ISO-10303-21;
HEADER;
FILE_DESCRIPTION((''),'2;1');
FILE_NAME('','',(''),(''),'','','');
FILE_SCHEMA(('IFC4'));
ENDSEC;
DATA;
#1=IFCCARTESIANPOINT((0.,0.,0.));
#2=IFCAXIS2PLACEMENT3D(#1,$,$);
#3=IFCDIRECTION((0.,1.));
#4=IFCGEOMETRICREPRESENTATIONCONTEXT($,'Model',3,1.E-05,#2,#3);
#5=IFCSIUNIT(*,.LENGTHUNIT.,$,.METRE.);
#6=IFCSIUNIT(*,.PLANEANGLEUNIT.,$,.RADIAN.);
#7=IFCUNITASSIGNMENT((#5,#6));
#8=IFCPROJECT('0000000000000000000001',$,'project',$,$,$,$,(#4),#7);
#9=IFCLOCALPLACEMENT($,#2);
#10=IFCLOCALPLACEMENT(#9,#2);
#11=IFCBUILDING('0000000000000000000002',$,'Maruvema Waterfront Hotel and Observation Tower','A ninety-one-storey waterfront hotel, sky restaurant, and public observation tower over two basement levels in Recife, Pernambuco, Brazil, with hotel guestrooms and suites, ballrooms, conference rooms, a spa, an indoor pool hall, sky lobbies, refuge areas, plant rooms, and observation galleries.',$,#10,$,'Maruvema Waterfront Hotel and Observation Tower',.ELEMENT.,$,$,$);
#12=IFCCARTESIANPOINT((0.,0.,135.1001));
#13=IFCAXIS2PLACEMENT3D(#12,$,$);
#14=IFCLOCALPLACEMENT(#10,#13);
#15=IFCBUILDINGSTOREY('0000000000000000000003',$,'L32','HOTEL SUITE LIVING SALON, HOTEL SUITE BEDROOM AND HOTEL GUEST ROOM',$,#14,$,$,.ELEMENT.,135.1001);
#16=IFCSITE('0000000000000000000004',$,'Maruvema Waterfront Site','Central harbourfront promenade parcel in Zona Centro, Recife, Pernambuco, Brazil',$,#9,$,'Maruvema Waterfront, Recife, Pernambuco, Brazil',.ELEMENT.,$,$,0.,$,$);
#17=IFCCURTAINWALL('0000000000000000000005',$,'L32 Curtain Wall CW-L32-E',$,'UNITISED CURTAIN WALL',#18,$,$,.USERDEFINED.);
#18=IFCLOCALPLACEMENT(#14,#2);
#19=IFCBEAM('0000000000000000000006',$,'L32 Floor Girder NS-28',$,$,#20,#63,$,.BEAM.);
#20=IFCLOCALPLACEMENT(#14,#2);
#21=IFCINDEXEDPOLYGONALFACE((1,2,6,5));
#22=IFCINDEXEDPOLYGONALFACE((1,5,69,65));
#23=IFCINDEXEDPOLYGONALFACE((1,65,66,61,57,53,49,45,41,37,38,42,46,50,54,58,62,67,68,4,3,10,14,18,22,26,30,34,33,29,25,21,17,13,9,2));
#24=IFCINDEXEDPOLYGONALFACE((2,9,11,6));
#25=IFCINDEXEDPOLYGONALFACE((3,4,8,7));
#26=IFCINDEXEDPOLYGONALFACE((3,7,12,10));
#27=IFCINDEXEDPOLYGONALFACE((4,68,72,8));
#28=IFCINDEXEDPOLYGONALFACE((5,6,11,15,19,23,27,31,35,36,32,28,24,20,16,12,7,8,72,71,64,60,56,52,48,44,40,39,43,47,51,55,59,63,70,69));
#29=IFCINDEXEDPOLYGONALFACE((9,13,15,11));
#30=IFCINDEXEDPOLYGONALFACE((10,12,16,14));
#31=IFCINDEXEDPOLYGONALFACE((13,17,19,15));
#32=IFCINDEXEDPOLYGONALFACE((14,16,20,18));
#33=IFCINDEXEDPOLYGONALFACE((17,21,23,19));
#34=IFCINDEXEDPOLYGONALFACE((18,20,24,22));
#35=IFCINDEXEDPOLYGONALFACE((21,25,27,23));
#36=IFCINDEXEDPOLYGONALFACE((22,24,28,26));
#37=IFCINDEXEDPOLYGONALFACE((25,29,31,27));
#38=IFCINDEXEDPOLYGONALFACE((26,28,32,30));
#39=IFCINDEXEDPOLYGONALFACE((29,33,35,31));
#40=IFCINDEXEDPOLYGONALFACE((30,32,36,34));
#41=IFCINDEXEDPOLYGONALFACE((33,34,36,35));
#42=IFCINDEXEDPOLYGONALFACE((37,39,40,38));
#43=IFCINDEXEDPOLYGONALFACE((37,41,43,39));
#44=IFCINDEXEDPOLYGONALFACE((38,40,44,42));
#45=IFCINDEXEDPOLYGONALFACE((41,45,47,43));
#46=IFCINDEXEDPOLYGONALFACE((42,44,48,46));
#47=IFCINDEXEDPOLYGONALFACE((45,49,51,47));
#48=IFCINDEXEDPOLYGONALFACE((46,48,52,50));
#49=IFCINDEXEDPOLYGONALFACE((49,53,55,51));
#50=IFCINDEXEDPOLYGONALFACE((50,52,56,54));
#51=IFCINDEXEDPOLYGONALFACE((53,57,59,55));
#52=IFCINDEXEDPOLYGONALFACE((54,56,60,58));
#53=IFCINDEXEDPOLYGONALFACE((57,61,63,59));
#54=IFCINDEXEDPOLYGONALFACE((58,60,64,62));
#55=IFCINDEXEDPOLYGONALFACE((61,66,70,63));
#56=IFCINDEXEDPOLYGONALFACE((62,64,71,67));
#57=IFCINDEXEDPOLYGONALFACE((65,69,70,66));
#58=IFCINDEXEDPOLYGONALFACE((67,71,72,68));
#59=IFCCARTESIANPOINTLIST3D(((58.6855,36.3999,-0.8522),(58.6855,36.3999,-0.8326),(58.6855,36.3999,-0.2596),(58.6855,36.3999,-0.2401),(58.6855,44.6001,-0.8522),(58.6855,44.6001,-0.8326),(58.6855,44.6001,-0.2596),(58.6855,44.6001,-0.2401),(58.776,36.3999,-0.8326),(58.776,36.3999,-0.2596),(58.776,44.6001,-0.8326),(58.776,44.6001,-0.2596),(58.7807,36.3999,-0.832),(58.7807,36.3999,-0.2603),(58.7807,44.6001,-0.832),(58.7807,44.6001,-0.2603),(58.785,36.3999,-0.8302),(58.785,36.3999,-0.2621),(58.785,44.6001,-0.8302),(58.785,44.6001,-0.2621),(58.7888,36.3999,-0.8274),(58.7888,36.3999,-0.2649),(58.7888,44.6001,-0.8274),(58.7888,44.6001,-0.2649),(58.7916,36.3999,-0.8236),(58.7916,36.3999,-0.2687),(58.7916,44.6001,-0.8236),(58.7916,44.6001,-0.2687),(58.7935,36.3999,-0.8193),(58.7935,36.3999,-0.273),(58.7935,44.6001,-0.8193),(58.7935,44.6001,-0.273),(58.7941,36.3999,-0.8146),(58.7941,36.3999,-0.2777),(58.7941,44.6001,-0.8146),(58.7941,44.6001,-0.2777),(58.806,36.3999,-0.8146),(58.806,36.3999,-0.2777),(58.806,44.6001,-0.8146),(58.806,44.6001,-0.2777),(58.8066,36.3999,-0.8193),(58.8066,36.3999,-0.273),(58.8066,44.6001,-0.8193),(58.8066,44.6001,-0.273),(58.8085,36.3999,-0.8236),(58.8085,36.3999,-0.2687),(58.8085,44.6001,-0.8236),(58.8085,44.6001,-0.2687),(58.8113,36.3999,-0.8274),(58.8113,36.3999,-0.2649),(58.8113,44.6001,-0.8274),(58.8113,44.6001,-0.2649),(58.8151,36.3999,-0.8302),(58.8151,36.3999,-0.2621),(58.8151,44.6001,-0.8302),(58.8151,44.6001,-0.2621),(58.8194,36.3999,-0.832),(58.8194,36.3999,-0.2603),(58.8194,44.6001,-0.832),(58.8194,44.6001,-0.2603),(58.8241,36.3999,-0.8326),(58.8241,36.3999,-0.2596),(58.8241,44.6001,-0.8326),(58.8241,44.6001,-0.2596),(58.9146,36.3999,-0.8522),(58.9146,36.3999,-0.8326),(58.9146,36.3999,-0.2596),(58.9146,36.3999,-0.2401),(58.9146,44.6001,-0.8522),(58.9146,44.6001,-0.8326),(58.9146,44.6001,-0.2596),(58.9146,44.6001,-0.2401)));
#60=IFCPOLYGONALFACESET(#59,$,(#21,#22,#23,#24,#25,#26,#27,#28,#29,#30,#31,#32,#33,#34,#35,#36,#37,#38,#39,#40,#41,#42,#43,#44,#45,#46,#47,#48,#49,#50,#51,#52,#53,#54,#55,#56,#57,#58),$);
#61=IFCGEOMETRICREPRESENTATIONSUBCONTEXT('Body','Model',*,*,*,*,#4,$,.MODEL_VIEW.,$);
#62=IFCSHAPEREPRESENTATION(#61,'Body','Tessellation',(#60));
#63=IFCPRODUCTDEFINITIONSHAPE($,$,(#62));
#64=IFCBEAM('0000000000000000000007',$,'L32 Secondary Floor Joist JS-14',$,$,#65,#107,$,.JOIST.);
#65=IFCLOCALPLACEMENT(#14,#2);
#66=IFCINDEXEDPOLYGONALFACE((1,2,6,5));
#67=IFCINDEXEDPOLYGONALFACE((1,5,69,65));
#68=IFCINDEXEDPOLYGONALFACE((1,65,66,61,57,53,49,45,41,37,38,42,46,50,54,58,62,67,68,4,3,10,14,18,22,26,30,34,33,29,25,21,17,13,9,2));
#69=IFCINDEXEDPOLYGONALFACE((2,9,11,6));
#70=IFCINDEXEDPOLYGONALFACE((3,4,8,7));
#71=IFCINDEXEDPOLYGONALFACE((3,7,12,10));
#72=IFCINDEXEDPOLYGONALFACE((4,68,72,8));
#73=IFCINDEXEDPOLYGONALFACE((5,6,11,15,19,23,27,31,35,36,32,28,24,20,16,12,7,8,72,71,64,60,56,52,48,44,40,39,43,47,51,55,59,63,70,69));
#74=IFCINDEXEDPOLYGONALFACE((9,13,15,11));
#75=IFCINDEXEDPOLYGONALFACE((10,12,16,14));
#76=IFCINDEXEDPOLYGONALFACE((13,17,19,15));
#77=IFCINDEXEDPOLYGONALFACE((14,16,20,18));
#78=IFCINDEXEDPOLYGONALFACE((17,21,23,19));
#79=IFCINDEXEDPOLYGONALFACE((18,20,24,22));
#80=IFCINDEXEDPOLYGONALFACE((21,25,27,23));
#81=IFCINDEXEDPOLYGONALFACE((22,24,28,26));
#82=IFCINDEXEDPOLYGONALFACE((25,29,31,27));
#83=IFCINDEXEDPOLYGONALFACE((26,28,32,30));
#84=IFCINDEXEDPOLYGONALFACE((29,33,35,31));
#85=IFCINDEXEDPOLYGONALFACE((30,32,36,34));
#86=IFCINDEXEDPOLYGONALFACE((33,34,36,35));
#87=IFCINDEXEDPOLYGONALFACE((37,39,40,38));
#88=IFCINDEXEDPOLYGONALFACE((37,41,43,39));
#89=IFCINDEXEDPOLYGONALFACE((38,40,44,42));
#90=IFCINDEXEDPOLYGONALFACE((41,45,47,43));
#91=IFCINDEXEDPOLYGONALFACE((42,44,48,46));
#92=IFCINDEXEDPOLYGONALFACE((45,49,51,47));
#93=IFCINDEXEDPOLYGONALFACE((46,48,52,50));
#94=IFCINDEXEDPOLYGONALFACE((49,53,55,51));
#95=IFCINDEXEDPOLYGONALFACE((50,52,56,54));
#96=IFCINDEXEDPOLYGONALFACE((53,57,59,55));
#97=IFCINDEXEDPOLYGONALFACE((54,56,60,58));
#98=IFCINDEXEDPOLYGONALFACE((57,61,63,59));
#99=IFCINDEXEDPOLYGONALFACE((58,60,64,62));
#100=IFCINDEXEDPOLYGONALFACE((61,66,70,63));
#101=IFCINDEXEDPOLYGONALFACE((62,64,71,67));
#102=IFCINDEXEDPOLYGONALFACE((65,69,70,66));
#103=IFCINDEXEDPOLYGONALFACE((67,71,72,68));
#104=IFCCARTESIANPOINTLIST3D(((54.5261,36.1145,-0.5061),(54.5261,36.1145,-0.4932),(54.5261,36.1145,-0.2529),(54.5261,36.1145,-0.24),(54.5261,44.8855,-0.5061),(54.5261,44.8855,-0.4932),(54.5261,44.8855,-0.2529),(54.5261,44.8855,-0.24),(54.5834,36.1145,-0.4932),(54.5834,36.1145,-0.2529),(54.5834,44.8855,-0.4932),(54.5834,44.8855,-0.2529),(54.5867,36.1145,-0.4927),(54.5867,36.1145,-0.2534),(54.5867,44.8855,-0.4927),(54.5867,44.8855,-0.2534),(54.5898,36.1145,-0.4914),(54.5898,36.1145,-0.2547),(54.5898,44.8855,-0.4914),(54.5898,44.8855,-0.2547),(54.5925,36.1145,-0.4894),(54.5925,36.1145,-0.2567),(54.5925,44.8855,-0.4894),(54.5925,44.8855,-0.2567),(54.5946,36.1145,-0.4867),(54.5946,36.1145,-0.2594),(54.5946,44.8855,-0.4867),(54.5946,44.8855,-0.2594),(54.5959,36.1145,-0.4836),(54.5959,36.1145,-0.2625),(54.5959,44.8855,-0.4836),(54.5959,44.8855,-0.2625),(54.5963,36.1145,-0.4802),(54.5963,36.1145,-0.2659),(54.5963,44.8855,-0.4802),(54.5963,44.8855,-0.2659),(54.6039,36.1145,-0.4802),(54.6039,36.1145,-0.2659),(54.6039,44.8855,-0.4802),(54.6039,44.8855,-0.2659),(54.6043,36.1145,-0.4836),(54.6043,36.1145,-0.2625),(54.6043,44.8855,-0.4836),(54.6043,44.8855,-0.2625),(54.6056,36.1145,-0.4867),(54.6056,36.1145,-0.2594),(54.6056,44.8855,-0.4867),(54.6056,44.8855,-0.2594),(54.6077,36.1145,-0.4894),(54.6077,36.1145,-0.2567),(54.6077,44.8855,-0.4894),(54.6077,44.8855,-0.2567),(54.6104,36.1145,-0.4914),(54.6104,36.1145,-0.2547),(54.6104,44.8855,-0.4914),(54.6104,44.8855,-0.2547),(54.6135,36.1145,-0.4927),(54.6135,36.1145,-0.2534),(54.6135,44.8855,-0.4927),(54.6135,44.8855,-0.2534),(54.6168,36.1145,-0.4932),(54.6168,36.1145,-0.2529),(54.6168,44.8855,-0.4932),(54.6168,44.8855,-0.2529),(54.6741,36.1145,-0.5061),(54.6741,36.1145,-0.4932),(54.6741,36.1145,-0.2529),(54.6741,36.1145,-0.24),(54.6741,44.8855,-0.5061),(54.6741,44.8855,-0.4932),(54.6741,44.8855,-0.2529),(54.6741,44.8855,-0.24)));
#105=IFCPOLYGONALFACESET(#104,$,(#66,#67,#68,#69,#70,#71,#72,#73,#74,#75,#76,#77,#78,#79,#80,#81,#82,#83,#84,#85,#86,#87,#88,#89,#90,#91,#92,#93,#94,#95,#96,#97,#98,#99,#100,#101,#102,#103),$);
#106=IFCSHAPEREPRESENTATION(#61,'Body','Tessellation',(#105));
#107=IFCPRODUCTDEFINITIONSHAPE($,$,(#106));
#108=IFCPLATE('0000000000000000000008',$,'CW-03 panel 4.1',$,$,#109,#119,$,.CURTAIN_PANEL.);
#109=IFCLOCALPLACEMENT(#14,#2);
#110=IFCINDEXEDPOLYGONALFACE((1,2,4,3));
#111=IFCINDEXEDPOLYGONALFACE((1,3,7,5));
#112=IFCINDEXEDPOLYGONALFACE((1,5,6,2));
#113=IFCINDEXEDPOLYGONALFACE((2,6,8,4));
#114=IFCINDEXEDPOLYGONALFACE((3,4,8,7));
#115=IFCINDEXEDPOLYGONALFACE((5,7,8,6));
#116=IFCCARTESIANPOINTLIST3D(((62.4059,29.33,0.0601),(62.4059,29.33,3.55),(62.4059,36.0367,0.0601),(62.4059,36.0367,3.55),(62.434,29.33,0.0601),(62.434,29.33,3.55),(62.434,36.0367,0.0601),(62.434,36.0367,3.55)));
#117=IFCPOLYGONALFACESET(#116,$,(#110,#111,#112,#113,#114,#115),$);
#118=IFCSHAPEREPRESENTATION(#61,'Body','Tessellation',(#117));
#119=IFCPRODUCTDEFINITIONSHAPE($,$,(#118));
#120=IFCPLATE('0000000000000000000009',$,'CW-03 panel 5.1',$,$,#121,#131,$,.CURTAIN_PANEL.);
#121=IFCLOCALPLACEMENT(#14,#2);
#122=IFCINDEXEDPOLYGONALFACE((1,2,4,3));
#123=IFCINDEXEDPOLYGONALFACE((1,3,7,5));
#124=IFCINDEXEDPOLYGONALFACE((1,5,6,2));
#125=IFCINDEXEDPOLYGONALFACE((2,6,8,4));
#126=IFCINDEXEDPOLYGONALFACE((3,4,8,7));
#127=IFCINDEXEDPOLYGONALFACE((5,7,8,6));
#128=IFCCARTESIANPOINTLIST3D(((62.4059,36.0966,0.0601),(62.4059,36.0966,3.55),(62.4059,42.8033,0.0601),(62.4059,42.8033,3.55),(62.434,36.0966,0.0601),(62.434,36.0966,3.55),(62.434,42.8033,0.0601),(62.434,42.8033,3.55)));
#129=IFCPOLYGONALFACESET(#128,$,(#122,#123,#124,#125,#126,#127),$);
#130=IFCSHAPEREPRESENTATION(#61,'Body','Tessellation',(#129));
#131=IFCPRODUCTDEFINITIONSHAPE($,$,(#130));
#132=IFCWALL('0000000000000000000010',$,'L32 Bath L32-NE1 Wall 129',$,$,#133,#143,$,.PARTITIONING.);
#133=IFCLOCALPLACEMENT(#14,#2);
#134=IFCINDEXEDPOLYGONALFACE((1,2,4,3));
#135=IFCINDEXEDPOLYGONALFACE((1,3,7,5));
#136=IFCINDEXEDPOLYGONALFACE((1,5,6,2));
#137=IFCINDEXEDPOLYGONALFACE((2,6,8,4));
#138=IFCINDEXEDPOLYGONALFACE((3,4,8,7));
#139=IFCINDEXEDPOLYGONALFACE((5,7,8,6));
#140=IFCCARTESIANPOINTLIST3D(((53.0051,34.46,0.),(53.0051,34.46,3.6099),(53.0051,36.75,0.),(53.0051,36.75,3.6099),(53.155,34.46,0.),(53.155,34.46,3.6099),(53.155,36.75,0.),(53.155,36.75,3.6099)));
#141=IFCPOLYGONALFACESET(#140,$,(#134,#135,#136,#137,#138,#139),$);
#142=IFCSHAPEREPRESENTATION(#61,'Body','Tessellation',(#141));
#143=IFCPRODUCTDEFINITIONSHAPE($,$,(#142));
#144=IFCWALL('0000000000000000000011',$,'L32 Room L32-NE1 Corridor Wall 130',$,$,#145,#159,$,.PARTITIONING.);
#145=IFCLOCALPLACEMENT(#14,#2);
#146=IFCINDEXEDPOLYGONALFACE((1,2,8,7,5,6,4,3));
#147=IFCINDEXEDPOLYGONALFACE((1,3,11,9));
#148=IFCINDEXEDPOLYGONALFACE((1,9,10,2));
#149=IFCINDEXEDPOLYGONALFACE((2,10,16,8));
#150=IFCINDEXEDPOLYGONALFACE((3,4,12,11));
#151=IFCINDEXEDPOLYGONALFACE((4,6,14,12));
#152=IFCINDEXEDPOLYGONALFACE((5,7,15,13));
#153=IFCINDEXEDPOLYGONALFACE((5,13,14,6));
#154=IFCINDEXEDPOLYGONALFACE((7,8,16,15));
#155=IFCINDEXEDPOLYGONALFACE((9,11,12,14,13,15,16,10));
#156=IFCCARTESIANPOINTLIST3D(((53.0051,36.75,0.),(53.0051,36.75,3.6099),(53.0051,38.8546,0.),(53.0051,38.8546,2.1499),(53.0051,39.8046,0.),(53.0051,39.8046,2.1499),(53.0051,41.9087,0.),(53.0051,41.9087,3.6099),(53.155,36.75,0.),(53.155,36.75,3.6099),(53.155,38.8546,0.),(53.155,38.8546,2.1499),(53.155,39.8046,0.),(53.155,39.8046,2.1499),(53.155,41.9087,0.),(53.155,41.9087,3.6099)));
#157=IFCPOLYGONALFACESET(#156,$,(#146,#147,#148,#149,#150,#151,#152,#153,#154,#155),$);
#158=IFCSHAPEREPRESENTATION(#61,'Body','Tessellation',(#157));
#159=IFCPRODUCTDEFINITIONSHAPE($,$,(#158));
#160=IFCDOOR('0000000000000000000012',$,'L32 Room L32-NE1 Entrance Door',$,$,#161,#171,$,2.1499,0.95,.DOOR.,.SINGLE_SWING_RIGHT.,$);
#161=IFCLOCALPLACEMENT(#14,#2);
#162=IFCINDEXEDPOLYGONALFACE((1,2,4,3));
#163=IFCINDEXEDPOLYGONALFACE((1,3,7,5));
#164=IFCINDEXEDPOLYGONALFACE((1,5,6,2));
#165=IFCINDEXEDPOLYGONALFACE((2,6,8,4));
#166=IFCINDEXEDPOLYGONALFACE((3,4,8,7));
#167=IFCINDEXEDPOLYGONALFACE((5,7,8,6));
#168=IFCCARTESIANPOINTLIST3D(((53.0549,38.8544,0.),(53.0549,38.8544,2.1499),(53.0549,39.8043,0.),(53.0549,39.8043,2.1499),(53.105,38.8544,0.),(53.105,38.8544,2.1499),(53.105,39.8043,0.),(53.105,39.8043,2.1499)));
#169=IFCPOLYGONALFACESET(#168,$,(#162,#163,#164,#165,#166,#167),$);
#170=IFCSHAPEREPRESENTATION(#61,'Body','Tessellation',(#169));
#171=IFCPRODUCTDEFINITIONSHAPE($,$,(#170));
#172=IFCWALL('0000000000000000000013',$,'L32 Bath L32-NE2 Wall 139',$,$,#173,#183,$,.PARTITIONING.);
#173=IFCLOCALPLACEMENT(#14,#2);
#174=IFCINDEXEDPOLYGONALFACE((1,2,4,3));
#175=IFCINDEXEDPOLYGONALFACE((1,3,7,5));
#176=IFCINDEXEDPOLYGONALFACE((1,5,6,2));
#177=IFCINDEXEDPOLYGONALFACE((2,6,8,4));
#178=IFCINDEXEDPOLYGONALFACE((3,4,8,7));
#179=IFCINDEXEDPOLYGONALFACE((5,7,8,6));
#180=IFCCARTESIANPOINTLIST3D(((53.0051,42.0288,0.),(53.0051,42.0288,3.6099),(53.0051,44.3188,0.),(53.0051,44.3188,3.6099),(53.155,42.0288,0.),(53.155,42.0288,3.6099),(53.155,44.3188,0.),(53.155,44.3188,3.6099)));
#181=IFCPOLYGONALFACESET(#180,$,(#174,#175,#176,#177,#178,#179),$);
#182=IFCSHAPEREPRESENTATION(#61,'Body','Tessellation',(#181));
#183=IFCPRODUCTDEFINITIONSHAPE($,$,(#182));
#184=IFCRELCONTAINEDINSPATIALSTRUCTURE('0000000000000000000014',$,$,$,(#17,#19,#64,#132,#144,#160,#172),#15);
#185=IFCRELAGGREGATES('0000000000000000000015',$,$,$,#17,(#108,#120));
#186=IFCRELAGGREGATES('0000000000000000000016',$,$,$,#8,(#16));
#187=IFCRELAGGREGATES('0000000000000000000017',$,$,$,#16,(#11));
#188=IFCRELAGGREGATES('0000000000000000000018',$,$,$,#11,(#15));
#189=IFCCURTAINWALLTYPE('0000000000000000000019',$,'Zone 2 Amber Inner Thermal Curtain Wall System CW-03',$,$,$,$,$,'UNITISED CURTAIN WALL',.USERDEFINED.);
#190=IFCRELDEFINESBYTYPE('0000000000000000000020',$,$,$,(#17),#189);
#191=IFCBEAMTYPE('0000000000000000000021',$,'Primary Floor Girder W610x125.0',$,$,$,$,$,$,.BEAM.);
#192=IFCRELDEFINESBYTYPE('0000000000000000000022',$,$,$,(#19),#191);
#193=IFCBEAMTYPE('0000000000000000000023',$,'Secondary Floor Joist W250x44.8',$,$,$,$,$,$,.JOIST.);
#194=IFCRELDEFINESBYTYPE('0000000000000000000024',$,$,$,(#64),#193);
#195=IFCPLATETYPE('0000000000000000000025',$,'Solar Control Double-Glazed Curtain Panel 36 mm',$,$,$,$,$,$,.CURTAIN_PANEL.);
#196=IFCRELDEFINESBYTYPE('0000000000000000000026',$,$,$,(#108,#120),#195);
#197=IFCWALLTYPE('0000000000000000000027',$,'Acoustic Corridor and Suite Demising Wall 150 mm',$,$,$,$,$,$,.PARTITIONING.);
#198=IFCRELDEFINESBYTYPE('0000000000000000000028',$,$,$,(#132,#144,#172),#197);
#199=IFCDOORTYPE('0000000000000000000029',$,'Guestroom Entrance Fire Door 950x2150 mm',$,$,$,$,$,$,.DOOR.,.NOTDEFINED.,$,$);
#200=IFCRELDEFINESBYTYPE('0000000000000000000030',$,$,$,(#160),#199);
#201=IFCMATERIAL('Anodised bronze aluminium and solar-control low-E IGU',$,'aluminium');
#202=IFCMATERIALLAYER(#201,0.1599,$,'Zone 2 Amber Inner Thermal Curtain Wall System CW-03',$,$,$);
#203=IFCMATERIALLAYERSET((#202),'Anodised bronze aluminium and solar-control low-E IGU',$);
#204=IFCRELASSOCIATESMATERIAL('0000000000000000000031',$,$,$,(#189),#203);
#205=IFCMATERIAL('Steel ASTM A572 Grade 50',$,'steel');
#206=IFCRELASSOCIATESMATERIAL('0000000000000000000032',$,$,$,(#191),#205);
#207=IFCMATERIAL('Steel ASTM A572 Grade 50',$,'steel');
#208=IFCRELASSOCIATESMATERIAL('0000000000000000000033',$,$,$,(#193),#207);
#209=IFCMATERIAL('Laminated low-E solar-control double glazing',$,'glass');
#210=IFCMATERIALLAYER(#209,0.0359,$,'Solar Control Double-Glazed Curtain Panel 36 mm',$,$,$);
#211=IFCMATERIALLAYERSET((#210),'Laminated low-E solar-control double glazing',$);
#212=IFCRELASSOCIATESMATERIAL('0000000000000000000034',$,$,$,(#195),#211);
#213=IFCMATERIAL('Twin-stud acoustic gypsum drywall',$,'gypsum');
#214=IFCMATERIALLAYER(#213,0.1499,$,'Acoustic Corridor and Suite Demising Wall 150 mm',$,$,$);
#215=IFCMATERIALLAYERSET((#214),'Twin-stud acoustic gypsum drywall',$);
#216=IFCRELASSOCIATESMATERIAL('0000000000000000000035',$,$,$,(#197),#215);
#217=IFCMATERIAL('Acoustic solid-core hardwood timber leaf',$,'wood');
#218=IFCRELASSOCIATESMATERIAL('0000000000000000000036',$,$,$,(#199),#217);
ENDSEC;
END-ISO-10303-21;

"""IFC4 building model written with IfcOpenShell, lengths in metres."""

from ifc_helpers import new_model, si_unit, direction, frame, frame_2d, origin, origin_2d, place, context, subcontext, project, spatial, rectangle, i_section, extrude, material, layer, layer_set, material_profile, profile_set, type_object, element, fill, aggregate, save


model = new_model("IFC4")

# Units and contexts
model_context = context("Model", 3, precision=1e-05, world=origin(), true_north=direction((0.0, 1.0)))
body_context = subcontext(model_context, "Body", "Model", "MODEL_VIEW")
ifc_project = project(units=[si_unit("LENGTHUNIT", "METRE"), si_unit("PLANEANGLEUNIT", "RADIAN")], contexts=[model_context])

# Site, building, storey
site_placement = place(None, origin())
site = spatial("IfcSite", under=ifc_project, at=site_placement, Name="Maruvema Waterfront Site", Description="Central harbourfront promenade parcel in Zona Centro, Recife, Pernambuco, Brazil", LongName="Maruvema Waterfront, Recife, Pernambuco, Brazil", CompositionType="ELEMENT", RefElevation=0.0)
building_placement = place(site_placement, origin())
building = spatial("IfcBuilding", under=site, at=building_placement, Name="Maruvema Waterfront Hotel and Observation Tower", Description="A ninety-one-storey waterfront hotel, sky restaurant, and public observation tower over two basement levels in Recife, Pernambuco, Brazil, with hotel guestrooms and suites, ballrooms, conference rooms, a spa, an indoor pool hall, sky lobbies, refuge areas, plant rooms, and observation galleries.", LongName="Maruvema Waterfront Hotel and Observation Tower", CompositionType="ELEMENT")
storey_placement = place(building_placement, frame((0.0, 0.0, 135.1001)))
storey = spatial("IfcBuildingStorey", under=building, at=storey_placement, Name="L32", Description="HOTEL SUITE LIVING SALON, HOTEL SUITE BEDROOM AND HOTEL GUEST ROOM", CompositionType="ELEMENT", Elevation=135.1001)

# Curtain wall
ifc_material_1 = material(Name="Anodised bronze aluminium and solar-control low-E IGU", Category="aluminium")
ifc_layer_1 = layer(ifc_material_1, 0.1599, Name="Zone 2 Amber Inner Thermal Curtain Wall System CW-03")
ifc_layer_set_1 = layer_set([ifc_layer_1], Name="Anodised bronze aluminium and solar-control low-E IGU")
curtain_wall_type = type_object("IfcCurtainWallType", Name="Zone 2 Amber Inner Thermal Curtain Wall System CW-03", ElementType="UNITISED CURTAIN WALL", PredefinedType="USERDEFINED", material=ifc_layer_set_1)
curtain_wall_placement = place(storey_placement, origin())
curtain_wall = element("IfcCurtainWall", 1, at=curtain_wall_placement, inside=storey, type_object=curtain_wall_type, Name="L32 Curtain Wall CW-L32-E", ObjectType="UNITISED CURTAIN WALL", PredefinedType="USERDEFINED")

# Beams
ifc_material_2 = material(Name="Steel ASTM A572 Grade 50", Category="steel")
ifc_material_profile_1 = material_profile(ifc_material_2, i_section(OverallWidth=0.229, OverallDepth=0.6121, WebThickness=0.012, FlangeThickness=0.0195, FilletRadius=0.0181, at=origin_2d()), Name="W610x125.0")
ifc_profile_set_1 = profile_set([ifc_material_profile_1], Name="Steel ASTM A572 Grade 50")
beam_type_1 = type_object("IfcBeamType", Name="Primary Floor Girder W610x125.0", PredefinedType="BEAM", material=ifc_profile_set_1)
beam_1_placement = place(storey_placement, frame((58.8, 36.3999, -0.5461), z_axis=(0.0, 1.0, 0.0), x_axis=(-1.0, 0.0, 0.0)))
element("IfcBeam", 2, at=beam_1_placement, inside=storey, type_object=beam_type_1, Name="L32 Floor Girder NS-28", PredefinedType="BEAM", context=body_context, shape_type="SweptSolid", body=[
    extrude(i_section(OverallWidth=0.229, OverallDepth=0.6121, WebThickness=0.012, FlangeThickness=0.0195, FilletRadius=0.0181, at=origin_2d()), origin(), (0.0, 0.0, 1.0), 8.2002),
])
ifc_material_3 = material(Name="Steel ASTM A572 Grade 50", Category="steel")
ifc_material_profile_2 = material_profile(ifc_material_3, i_section(OverallWidth=0.1479, OverallDepth=0.2661, WebThickness=0.0076, FlangeThickness=0.0129, FilletRadius=0.0129, at=origin_2d()), Name="W250x44.8")
ifc_profile_set_2 = profile_set([ifc_material_profile_2], Name="Steel ASTM A572 Grade 50")
beam_type_2 = type_object("IfcBeamType", Name="Secondary Floor Joist W250x44.8", PredefinedType="JOIST", material=ifc_profile_set_2)
beam_2_placement = place(storey_placement, frame((54.6001, 36.1145, -0.373), z_axis=(0.0, 1.0, 0.0), x_axis=(-1.0, 0.0, 0.0)))
element("IfcBeam", 3, at=beam_2_placement, inside=storey, type_object=beam_type_2, Name="L32 Secondary Floor Joist JS-14", PredefinedType="JOIST", context=body_context, shape_type="SweptSolid", body=[
    extrude(i_section(OverallWidth=0.1479, OverallDepth=0.2661, WebThickness=0.0076, FlangeThickness=0.0129, FilletRadius=0.0129, at=origin_2d()), origin(), (0.0, 0.0, 1.0), 8.771),
])

# Plates
ifc_material_4 = material(Name="Laminated low-E solar-control double glazing", Category="glass")
ifc_layer_2 = layer(ifc_material_4, 0.0359, Name="Solar Control Double-Glazed Curtain Panel 36 mm")
ifc_layer_set_2 = layer_set([ifc_layer_2], Name="Laminated low-E solar-control double glazing")
plate_type = type_object("IfcPlateType", Name="Solar Control Double-Glazed Curtain Panel 36 mm", PredefinedType="CURTAIN_PANEL", material=ifc_layer_set_2)
plate_1_placement = place(storey_placement, frame((62.4199, 32.6833, 0.0601), z_axis=(0.0, 0.0, 1.0), x_axis=(0.0, 1.0, 0.0)))
plate_1 = element("IfcPlate", 4, at=plate_1_placement, type_object=plate_type, Name="CW-03 panel 4.1", PredefinedType="CURTAIN_PANEL", context=body_context, shape_type="SweptSolid", body=[
    extrude(rectangle(XDim=6.7068, YDim=0.0281, at=origin_2d()), origin(), (0.0, 0.0, 1.0), 3.49),
])
plate_2_placement = place(storey_placement, frame((62.4199, 39.45, 0.0601), z_axis=(0.0, 0.0, 1.0), x_axis=(0.0, 1.0, 0.0)))
plate_2 = element("IfcPlate", 5, at=plate_2_placement, type_object=plate_type, Name="CW-03 panel 5.1", PredefinedType="CURTAIN_PANEL", context=body_context, shape_type="SweptSolid", body=[
    extrude(rectangle(XDim=6.7068, YDim=0.0281, at=origin_2d()), origin(), (0.0, 0.0, 1.0), 3.49),
])
aggregate(curtain_wall, [plate_1, plate_2])

# Wall
ifc_material_5 = material(Name="Twin-stud acoustic gypsum drywall", Category="gypsum")
ifc_layer_3 = layer(ifc_material_5, 0.1499, Name="Acoustic Corridor and Suite Demising Wall 150 mm")
ifc_layer_set_3 = layer_set([ifc_layer_3], Name="Twin-stud acoustic gypsum drywall")
wall_type_1 = type_object("IfcWallType", Name="Acoustic Corridor and Suite Demising Wall 150 mm", PredefinedType="PARTITIONING", material=ifc_layer_set_3)
wall_1_placement = place(storey_placement, frame((53.0801, 34.46, 0.0), z_axis=(0.0, 0.0, 1.0), x_axis=(0.0, 1.0, 0.0)))
element("IfcWall", 6, at=wall_1_placement, inside=storey, type_object=wall_type_1, Name="L32 Bath L32-NE1 Wall 129", PredefinedType="PARTITIONING", context=body_context, shape_type="SweptSolid", body=[
    extrude(rectangle(XDim=2.29, YDim=0.1499, at=frame_2d((1.145, 0.0))), origin(), (0.0, 0.0, 1.0), 3.6099),
])

# Wall, opening, door
wall_2_placement = place(storey_placement, frame((53.0801, 36.75, 0.0), z_axis=(0.0, 0.0, 1.0), x_axis=(0.0, 1.0, 0.0)))
wall_2 = element("IfcWall", 7, at=wall_2_placement, inside=storey, type_object=wall_type_1, Name="L32 Room L32-NE1 Corridor Wall 130", PredefinedType="PARTITIONING", context=body_context, shape_type="SweptSolid", body=[
    extrude(rectangle(XDim=5.1587, YDim=0.1499, at=frame_2d((2.5793, 0.0))), origin(), (0.0, 0.0, 1.0), 3.6099),
])
opening_1_placement = place(wall_2_placement, frame((2.1045, 0.0, 0.0)))
opening_1 = element("IfcOpeningElement", 8, at=opening_1_placement, cuts=wall_2, PredefinedType="OPENING", context=body_context, shape_type="SweptSolid", body=[
    extrude(rectangle(XDim=0.95, YDim=2.1499, at=frame_2d((0.4751, 1.075))), frame((0.0, 0.085, 0.0), z_axis=(0.0, -1.0, 0.0), x_axis=(1.0, 0.0, 0.0)), (0.0, 0.0, 1.0), 0.1699),
])
ifc_material_6 = material(Name="Acoustic solid-core hardwood timber leaf", Category="wood")
door_type_1 = type_object("IfcDoorType", Name="Guestroom Entrance Fire Door 950x2150 mm", OperationType="NOTDEFINED", PredefinedType="DOOR", material=ifc_material_6)
door_1_placement = place(opening_1_placement, frame((0.95, 0.0, 0.0), z_axis=(0.0, 0.0, 1.0), x_axis=(-1.0, 0.0, 0.0)))
door_1 = element("IfcDoor", 9, at=door_1_placement, inside=storey, type_object=door_type_1, Name="L32 Room L32-NE1 Entrance Door", OperationType="SINGLE_SWING_RIGHT", OverallHeight=2.1499, OverallWidth=0.95, PredefinedType="DOOR", context=body_context, shape_type="SweptSolid", body=[
    extrude(rectangle(XDim=0.95, YDim=2.1499, at=frame_2d((0.4751, 1.075))), frame((0.0, 0.0249, 0.0), z_axis=(0.0, -1.0, 0.0), x_axis=(1.0, 0.0, 0.0)), (0.0, 0.0, 1.0), 0.05),
])
fill(opening_1, door_1)

# Wall
wall_3_placement = place(storey_placement, frame((53.0801, 42.0288, 0.0), z_axis=(0.0, 0.0, 1.0), x_axis=(0.0, 1.0, 0.0)))
element("IfcWall", 10, at=wall_3_placement, inside=storey, type_object=wall_type_1, Name="L32 Bath L32-NE2 Wall 139", PredefinedType="PARTITIONING", context=body_context, shape_type="SweptSolid", body=[
    extrude(rectangle(XDim=2.29, YDim=0.1499, at=frame_2d((1.145, 0.0))), origin(), (0.0, 0.0, 1.0), 3.6099),
])

save(model, "model.ifc")
